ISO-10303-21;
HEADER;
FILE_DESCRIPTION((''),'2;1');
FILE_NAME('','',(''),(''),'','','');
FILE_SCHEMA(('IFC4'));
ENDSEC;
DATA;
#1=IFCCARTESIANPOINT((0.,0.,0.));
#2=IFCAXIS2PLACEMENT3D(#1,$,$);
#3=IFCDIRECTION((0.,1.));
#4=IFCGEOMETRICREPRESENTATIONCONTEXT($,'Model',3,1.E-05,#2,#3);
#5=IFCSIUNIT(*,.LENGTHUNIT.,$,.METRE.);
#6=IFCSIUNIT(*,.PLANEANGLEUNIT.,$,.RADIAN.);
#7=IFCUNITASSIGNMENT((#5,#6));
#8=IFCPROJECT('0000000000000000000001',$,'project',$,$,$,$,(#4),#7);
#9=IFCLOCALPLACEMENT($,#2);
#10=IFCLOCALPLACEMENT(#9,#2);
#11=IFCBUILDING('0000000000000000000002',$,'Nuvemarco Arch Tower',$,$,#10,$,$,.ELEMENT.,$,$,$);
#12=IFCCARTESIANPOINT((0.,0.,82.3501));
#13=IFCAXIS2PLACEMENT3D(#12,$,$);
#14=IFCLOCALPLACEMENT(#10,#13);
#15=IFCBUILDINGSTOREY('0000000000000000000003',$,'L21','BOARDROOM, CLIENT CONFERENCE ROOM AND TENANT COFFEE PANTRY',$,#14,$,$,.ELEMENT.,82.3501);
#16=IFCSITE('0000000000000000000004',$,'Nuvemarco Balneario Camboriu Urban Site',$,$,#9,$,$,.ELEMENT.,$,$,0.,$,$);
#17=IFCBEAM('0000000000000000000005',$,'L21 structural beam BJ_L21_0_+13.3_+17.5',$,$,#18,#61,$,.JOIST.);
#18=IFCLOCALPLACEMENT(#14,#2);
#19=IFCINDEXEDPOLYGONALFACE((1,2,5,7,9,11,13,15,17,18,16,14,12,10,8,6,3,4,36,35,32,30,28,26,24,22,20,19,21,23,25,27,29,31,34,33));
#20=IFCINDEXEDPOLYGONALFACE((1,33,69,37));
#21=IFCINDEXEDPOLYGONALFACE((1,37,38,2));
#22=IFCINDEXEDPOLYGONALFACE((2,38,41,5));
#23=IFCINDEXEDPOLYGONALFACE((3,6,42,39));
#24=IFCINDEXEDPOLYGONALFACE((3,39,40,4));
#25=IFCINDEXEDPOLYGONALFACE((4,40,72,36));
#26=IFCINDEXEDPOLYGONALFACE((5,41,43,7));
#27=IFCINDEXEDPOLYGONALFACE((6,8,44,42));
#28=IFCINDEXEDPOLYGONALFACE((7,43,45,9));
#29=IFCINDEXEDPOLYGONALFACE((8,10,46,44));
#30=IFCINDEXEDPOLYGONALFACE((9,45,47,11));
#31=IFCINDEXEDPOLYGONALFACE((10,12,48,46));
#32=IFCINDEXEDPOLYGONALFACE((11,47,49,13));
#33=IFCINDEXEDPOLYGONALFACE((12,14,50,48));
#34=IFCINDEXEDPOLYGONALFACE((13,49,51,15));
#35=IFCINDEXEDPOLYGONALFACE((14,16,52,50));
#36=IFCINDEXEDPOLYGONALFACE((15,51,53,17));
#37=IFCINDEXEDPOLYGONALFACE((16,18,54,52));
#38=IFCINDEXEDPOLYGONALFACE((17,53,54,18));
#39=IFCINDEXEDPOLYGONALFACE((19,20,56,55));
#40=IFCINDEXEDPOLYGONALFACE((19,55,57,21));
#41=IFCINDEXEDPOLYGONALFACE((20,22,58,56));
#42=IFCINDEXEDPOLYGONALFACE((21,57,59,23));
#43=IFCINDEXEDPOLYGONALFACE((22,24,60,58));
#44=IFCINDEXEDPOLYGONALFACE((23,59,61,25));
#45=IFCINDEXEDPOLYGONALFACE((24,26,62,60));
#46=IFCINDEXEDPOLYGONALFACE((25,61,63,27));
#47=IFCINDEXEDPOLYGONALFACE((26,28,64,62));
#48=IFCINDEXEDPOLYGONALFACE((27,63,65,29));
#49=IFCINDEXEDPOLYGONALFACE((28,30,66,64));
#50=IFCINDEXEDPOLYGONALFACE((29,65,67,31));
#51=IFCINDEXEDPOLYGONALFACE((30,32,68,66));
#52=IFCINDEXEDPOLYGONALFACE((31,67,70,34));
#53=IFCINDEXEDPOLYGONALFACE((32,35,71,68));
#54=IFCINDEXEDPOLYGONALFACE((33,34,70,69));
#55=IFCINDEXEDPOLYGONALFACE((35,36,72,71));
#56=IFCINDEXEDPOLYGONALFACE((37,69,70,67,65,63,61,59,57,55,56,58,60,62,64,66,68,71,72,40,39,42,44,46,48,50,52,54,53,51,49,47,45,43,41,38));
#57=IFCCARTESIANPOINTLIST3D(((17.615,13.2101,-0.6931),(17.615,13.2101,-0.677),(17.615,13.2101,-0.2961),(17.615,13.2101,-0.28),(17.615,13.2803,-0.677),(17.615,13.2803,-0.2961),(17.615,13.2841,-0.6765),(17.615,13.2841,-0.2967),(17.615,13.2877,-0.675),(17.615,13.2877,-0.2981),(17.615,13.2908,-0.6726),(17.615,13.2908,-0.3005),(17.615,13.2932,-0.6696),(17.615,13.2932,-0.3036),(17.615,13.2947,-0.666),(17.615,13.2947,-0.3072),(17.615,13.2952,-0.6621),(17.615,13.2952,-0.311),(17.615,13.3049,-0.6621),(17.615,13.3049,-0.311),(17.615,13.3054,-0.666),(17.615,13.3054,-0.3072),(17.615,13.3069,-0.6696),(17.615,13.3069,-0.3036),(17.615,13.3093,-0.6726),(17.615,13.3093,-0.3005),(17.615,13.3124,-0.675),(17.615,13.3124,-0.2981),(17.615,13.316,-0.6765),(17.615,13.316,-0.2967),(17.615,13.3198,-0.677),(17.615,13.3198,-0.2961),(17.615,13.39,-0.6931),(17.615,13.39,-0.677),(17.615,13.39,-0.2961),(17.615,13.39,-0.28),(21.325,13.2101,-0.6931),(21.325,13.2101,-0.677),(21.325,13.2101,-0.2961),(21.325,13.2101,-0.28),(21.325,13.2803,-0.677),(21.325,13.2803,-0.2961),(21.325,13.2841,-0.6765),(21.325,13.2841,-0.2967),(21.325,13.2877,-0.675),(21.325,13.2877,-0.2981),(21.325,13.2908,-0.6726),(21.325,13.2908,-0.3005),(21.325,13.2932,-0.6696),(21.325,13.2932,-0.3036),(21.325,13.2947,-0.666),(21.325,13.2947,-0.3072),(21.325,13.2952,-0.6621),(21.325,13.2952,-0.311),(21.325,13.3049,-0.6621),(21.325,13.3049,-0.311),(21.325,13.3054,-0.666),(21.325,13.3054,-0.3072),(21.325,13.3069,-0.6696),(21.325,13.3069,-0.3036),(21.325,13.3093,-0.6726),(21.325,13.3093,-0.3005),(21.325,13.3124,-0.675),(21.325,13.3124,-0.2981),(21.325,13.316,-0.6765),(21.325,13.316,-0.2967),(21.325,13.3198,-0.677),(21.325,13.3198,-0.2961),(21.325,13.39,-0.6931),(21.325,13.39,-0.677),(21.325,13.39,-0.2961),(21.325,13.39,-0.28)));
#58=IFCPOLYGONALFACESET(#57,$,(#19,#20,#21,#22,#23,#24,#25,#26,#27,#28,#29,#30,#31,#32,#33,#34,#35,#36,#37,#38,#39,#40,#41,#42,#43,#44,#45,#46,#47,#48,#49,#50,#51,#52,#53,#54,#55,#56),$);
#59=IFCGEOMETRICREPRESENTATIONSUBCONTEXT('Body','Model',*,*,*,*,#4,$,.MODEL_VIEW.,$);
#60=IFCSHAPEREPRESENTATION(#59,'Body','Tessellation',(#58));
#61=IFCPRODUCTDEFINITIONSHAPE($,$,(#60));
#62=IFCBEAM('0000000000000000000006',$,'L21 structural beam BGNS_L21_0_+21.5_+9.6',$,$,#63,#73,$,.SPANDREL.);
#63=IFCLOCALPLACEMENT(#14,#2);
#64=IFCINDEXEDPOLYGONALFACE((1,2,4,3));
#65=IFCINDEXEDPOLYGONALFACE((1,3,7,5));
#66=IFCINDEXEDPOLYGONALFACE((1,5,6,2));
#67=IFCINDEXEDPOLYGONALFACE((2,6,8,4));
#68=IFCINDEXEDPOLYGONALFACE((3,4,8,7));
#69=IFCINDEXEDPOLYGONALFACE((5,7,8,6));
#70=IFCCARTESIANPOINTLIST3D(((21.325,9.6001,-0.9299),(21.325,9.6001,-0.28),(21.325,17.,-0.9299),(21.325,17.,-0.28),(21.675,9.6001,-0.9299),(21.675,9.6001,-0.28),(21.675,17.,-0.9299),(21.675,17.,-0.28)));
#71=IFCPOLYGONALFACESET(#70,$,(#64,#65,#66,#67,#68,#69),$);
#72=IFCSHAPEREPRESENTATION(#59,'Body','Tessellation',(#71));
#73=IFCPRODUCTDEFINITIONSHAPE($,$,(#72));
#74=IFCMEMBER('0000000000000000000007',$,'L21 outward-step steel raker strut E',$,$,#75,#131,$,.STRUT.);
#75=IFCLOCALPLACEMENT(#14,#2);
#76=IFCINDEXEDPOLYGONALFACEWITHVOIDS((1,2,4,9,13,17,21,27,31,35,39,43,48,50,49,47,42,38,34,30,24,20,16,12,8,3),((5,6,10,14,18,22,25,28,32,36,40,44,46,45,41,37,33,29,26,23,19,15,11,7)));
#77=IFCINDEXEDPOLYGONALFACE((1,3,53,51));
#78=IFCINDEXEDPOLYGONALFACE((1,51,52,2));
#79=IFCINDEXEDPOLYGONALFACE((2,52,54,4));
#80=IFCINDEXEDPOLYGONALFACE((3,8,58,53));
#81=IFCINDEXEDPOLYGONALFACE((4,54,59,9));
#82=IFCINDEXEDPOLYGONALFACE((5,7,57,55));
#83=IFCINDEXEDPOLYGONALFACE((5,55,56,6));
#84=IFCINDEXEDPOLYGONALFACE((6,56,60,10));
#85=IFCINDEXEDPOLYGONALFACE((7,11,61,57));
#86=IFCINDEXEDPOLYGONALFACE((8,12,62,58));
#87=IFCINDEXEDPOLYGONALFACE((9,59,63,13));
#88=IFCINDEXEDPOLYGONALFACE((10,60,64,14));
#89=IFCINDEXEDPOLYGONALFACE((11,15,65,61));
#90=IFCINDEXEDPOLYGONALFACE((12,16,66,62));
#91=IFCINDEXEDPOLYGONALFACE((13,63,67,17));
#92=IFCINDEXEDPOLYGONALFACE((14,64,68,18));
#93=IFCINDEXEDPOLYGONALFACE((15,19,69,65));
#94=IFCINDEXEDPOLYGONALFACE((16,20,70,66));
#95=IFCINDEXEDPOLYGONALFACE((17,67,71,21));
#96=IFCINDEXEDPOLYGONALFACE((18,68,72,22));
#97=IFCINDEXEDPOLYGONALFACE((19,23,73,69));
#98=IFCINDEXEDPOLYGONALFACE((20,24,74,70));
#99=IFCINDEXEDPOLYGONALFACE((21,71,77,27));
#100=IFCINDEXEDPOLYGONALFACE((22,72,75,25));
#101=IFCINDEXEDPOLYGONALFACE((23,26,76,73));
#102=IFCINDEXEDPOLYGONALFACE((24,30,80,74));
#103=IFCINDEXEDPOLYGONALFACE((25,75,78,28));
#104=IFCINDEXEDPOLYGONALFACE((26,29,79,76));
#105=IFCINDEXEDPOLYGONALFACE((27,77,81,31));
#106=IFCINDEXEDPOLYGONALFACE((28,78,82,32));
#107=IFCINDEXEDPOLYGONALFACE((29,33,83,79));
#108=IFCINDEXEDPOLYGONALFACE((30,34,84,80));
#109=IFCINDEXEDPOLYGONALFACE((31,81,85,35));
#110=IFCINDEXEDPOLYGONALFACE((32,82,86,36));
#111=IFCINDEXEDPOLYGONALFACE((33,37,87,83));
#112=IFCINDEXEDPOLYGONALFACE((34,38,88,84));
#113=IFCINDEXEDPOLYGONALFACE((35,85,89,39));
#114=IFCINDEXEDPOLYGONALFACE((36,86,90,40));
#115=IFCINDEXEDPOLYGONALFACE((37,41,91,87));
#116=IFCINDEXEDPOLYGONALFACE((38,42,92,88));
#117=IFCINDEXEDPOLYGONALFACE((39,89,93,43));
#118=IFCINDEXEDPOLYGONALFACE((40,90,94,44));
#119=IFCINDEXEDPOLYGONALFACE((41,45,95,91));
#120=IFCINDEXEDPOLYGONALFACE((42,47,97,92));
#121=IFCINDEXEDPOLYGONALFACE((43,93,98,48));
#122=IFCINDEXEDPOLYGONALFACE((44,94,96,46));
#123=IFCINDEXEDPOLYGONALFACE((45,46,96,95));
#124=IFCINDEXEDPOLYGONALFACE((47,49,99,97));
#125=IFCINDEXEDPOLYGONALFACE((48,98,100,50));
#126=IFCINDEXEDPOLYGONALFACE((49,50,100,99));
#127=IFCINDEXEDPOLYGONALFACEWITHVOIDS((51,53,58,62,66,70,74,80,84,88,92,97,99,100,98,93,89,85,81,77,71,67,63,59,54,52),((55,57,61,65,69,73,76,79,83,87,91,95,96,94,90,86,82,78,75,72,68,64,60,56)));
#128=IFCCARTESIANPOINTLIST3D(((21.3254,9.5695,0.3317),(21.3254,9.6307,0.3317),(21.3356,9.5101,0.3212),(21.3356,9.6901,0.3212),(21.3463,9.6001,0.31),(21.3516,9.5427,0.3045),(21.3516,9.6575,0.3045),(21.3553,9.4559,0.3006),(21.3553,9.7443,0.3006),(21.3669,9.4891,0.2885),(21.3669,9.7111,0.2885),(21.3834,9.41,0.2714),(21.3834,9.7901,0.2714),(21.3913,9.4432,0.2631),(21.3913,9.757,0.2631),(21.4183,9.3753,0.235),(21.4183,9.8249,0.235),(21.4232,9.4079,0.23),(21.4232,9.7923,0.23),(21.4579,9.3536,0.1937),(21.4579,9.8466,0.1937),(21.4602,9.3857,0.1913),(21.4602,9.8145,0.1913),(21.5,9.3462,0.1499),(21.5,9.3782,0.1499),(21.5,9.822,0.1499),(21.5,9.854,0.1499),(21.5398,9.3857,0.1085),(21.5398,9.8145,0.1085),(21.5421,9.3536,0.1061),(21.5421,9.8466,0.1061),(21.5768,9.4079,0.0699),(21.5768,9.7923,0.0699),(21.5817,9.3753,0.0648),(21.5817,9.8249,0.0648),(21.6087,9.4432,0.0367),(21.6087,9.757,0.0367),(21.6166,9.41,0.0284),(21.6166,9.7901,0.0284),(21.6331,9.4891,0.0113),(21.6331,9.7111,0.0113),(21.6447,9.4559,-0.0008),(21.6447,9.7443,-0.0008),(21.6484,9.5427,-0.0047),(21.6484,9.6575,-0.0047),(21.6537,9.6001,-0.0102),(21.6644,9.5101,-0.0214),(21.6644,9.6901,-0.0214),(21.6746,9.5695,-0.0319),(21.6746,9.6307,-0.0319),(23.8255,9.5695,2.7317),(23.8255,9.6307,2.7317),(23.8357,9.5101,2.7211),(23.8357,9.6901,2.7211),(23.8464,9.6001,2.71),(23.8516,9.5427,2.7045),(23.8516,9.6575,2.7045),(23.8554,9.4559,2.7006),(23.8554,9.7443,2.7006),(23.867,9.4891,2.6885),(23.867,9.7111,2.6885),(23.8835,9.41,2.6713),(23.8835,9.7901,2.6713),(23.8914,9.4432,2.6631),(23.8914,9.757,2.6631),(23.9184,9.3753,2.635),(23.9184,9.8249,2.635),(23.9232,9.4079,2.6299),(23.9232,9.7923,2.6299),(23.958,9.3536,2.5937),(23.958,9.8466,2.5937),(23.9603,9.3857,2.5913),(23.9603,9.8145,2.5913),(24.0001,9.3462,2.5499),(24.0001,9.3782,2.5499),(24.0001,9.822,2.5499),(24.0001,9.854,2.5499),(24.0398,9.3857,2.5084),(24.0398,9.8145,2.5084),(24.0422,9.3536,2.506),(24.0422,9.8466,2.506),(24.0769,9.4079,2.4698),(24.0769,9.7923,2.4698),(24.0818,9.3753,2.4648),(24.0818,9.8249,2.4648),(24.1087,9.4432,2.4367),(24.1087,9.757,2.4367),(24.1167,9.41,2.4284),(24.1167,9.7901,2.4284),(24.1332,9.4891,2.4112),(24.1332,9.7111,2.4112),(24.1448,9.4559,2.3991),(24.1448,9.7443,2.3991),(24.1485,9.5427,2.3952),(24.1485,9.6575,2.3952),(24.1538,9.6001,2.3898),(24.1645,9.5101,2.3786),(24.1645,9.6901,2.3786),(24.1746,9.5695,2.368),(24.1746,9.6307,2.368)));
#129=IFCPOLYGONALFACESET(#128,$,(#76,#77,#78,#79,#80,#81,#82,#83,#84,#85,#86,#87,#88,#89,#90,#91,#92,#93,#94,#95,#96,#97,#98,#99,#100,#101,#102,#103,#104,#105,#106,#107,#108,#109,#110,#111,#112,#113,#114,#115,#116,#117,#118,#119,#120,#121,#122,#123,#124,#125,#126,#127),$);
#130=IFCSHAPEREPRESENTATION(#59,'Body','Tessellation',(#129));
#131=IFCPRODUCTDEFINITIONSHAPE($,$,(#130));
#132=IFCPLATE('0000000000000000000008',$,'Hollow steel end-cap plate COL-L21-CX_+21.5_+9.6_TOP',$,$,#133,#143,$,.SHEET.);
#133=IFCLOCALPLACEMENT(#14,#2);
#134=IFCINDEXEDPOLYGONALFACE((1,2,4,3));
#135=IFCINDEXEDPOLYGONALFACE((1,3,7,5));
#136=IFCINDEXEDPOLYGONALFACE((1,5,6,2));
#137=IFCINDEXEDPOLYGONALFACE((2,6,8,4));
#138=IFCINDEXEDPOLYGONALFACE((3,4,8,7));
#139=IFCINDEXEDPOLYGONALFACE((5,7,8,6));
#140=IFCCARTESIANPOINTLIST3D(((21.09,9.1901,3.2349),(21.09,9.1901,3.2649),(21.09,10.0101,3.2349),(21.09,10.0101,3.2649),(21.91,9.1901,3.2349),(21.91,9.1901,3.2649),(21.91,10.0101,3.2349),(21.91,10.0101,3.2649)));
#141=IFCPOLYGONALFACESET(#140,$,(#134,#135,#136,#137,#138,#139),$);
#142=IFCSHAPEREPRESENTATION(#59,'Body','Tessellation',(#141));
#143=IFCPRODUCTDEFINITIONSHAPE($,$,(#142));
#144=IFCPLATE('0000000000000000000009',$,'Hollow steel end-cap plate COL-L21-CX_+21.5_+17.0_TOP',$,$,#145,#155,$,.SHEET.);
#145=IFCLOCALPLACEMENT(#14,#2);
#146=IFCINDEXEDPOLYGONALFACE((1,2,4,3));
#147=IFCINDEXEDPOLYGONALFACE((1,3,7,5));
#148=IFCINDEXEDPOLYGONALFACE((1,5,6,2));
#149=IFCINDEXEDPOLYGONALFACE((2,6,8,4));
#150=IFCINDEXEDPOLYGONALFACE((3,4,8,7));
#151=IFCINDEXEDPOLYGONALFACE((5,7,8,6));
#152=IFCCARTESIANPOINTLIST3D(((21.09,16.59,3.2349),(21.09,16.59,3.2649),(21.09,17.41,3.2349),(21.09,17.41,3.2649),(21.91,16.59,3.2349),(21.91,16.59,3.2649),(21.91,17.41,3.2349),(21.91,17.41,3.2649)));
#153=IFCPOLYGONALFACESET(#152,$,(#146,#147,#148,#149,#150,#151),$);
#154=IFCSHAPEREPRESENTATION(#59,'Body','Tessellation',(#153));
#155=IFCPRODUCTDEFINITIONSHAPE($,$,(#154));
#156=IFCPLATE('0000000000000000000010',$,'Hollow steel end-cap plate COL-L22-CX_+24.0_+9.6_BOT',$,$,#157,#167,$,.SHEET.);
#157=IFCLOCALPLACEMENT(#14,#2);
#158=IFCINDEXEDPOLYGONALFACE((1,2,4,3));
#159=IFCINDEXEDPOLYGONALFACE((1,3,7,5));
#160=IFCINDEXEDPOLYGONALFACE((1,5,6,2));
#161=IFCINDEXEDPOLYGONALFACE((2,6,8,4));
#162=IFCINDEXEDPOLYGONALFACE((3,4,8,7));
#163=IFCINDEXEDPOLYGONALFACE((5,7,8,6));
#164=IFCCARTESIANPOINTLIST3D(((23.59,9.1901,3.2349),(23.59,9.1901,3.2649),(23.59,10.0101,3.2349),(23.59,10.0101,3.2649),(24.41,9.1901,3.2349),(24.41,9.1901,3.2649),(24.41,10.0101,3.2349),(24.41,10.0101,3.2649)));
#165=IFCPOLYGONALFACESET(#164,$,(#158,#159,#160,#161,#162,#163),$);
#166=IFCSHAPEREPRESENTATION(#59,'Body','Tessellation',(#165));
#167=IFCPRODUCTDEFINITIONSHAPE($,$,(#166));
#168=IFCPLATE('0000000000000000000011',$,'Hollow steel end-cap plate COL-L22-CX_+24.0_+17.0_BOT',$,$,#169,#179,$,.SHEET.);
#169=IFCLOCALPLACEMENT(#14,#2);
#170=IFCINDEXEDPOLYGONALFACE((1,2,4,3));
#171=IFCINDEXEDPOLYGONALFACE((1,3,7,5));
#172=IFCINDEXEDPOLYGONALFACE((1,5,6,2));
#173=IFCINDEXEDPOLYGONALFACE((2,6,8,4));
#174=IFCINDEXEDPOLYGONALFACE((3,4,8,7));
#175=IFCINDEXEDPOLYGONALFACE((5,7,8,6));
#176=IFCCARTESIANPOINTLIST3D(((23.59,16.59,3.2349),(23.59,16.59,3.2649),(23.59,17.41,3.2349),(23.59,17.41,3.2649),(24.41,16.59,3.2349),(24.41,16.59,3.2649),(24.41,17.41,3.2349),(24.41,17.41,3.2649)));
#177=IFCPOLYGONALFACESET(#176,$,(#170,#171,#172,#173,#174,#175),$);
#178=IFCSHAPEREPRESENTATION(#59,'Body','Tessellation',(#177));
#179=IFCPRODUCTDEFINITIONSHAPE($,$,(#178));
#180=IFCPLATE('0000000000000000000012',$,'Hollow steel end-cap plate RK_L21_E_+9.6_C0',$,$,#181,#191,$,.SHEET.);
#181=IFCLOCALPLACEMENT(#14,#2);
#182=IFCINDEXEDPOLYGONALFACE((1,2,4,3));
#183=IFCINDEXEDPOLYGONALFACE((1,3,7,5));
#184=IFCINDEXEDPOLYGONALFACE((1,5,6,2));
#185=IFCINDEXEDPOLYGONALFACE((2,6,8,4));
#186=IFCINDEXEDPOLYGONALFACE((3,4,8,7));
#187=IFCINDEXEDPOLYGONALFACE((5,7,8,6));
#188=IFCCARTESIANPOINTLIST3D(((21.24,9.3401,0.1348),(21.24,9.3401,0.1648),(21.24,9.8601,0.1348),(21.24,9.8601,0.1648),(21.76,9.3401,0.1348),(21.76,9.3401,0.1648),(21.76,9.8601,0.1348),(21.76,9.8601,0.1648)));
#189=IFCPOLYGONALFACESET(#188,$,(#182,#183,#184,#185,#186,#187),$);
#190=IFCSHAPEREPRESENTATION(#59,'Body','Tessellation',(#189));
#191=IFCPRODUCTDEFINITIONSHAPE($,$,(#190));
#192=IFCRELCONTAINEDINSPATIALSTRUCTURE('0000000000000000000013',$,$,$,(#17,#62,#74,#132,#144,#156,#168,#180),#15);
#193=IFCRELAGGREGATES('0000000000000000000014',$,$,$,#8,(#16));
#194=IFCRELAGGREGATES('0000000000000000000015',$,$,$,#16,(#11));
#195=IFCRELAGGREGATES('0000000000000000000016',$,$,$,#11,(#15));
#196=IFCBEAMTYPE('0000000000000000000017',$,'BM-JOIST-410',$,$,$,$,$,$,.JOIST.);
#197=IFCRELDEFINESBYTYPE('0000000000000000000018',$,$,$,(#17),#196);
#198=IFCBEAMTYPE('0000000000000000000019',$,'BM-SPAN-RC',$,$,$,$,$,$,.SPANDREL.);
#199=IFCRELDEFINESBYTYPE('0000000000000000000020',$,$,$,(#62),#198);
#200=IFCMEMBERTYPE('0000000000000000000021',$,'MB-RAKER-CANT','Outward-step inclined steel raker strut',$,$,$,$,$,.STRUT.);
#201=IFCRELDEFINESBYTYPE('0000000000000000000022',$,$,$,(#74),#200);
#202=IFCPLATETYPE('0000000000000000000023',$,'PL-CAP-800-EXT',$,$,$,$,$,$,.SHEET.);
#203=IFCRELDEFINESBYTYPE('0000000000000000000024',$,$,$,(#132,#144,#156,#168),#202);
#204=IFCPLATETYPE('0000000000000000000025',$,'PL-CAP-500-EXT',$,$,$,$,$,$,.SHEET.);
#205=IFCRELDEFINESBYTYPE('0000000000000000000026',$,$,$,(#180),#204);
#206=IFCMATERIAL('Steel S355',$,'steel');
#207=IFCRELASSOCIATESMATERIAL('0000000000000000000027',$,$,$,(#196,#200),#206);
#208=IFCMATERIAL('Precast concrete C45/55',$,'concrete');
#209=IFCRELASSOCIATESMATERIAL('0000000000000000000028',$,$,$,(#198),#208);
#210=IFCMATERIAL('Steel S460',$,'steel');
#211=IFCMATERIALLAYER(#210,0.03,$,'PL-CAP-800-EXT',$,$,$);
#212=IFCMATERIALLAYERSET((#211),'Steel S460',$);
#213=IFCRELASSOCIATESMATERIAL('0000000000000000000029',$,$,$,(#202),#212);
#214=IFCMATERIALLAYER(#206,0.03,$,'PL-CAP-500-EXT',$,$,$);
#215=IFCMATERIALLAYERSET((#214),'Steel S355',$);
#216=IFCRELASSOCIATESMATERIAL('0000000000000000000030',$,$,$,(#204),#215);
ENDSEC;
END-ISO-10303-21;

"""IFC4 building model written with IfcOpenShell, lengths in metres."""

from ifc_helpers import new_model, si_unit, direction, frame, origin, origin_2d, place, context, subcontext, project, spatial, rectangle, hollow_circle, i_section, extrude, source, transform, mapped, material, layer, layer_set, material_profile, profile_set, type_object, type_shapes, element, save


model = new_model("IFC4")

# Units and contexts
model_context = context("Model", 3, precision=1e-05, world=origin(), true_north=direction((0.0, 1.0)))
body_context = subcontext(model_context, "Body", "Model", "MODEL_VIEW")
ifc_project = project(units=[si_unit("LENGTHUNIT", "METRE"), si_unit("PLANEANGLEUNIT", "RADIAN")], contexts=[model_context])

# Site, building, storey
site_placement = place(None, origin())
site = spatial("IfcSite", under=ifc_project, at=site_placement, Name="Nuvemarco Balneario Camboriu Urban Site", CompositionType="ELEMENT", RefElevation=0.0)
building_placement = place(site_placement, origin())
building = spatial("IfcBuilding", under=site, at=building_placement, Name="Nuvemarco Arch Tower", CompositionType="ELEMENT")
storey_placement = place(building_placement, frame((0.0, 0.0, 82.3501)))
storey = spatial("IfcBuildingStorey", under=building, at=storey_placement, Name="L21", Description="BOARDROOM, CLIENT CONFERENCE ROOM AND TENANT COFFEE PANTRY", CompositionType="ELEMENT", Elevation=82.3501)

# Shared definitions
ifc_material_1 = material(Name="Steel S460", Category="steel")
ifc_material_2 = material(Name="Steel S355", Category="steel")

# Beams
ifc_material_profile_1 = material_profile(ifc_material_2, i_section(OverallWidth=0.1799, OverallDepth=0.4131, WebThickness=0.0098, FlangeThickness=0.0161, FilletRadius=0.0149, at=origin_2d()), Name="W410x75")
ifc_profile_set_1 = profile_set([ifc_material_profile_1], Name="Steel S355")
beam_type_1 = type_object("IfcBeamType", Name="BM-JOIST-410", PredefinedType="JOIST", material=ifc_profile_set_1)
beam_1_placement = place(storey_placement, frame((17.615, 13.3, -0.4866), z_axis=(1.0, 0.0, 0.0), x_axis=(0.0, 1.0, 0.0)))
element("IfcBeam", 1, at=beam_1_placement, inside=storey, type_object=beam_type_1, Name="L21 structural beam BJ_L21_0_+13.3_+17.5", PredefinedType="JOIST", context=body_context, shape_type="SweptSolid", body=[
    extrude(i_section(OverallWidth=0.1799, OverallDepth=0.4131, WebThickness=0.0098, FlangeThickness=0.0161, FilletRadius=0.0149, at=origin_2d()), origin(), (0.0, 0.0, 1.0), 3.71),
])
ifc_material_3 = material(Name="Precast concrete C45/55", Category="concrete")
ifc_material_profile_2 = material_profile(ifc_material_3, rectangle(XDim=0.3501, YDim=0.6499, at=origin_2d()), Name="PC-SP-350x650")
ifc_profile_set_2 = profile_set([ifc_material_profile_2], Name="Precast concrete C45/55")
beam_type_2 = type_object("IfcBeamType", Name="BM-SPAN-RC", PredefinedType="SPANDREL", material=ifc_profile_set_2)
beam_2_placement = place(storey_placement, frame((21.5, 9.6001, -0.605), z_axis=(0.0, 1.0, 0.0), x_axis=(-1.0, 0.0, 0.0)))
element("IfcBeam", 2, at=beam_2_placement, inside=storey, type_object=beam_type_2, Name="L21 structural beam BGNS_L21_0_+21.5_+9.6", PredefinedType="SPANDREL", context=body_context, shape_type="SweptSolid", body=[
    extrude(rectangle(XDim=0.3501, YDim=0.6499, at=origin_2d()), origin(), (0.0, 0.0, 1.0), 7.3999),
])

# Member
ifc_material_profile_3 = material_profile(ifc_material_2, hollow_circle(Radius=0.2539, WallThickness=0.032, at=origin_2d()), Name="CHS508x32")
ifc_profile_set_3 = profile_set([ifc_material_profile_3], Name="Steel S355")
member_type = type_object("IfcMemberType", Name="MB-RAKER-CANT", Description="Outward-step inclined steel raker strut", PredefinedType="STRUT", material=ifc_profile_set_3)
member_placement = place(storey_placement, frame((21.5, 9.6001, 0.1499), z_axis=(0.721401, 0.0, 0.692517), x_axis=(0.0, 1.0, 0.0)))
element("IfcMember", 3, at=member_placement, inside=storey, type_object=member_type, Name="L21 outward-step steel raker strut E", PredefinedType="STRUT", context=body_context, shape_type="SweptSolid", body=[
    extrude(hollow_circle(Radius=0.2539, WallThickness=0.032, at=origin_2d()), origin(), (0.0, 0.0, 1.0), 3.4656),
])

# Plates
ifc_layer_1 = layer(ifc_material_1, 0.03, Name="PL-CAP-800-EXT")
ifc_layer_set_1 = layer_set([ifc_layer_1], Name="Steel S460")
plate_type_1 = type_object("IfcPlateType", Name="PL-CAP-800-EXT", PredefinedType="SHEET", material=ifc_layer_set_1)
shared_shape_1 = source(origin(), body_context, "Body", "SweptSolid", [
    extrude(rectangle(XDim=0.8201, YDim=0.8201, at=origin_2d()), origin(), (0.0, 0.0, 1.0), 0.03),
])
type_shapes(plate_type_1, [shared_shape_1])
for number, where, z_axis, x_axis, name in (
    (4, (21.5, 9.6001, 3.2349), (0.0, 0.0, 1.0), (1.0, 0.0, 0.0), "Hollow steel end-cap plate COL-L21-CX_+21.5_+9.6_TOP"),
    (5, (21.5, 17.0, 3.2349), (0.0, 0.0, 1.0), (1.0, 0.0, 0.0), "Hollow steel end-cap plate COL-L21-CX_+21.5_+17.0_TOP"),
    (6, (24.0, 9.6001, 3.2349), (0.0, 0.0, 1.0), (1.0, 0.0, 0.0), "Hollow steel end-cap plate COL-L22-CX_+24.0_+9.6_BOT"),
    (7, (24.0, 17.0, 3.2349), (0.0, 0.0, 1.0), (1.0, 0.0, 0.0), "Hollow steel end-cap plate COL-L22-CX_+24.0_+17.0_BOT"),
):
    element("IfcPlate", number, at=place(storey_placement, frame(where, z_axis=z_axis, x_axis=x_axis)), inside=storey, type_object=plate_type_1, Name=name, PredefinedType="SHEET", context=body_context, shape_type="MappedRepresentation", body=[
        mapped(shared_shape_1, transform((0.0, 0.0, 0.0), scale=1.0)),
    ])
ifc_layer_2 = layer(ifc_material_2, 0.03, Name="PL-CAP-500-EXT")
ifc_layer_set_2 = layer_set([ifc_layer_2], Name="Steel S355")
plate_type_2 = type_object("IfcPlateType", Name="PL-CAP-500-EXT", PredefinedType="SHEET", material=ifc_layer_set_2)
shared_shape_2 = source(origin(), body_context, "Body", "SweptSolid", [
    extrude(rectangle(XDim=0.52, YDim=0.52, at=origin_2d()), origin(), (0.0, 0.0, 1.0), 0.03),
])
type_shapes(plate_type_2, [shared_shape_2])
for number, where, z_axis, x_axis, name in (
    (8, (21.5, 9.6001, 0.1348), (0.0, 0.0, 1.0), (1.0, 0.0, 0.0), "Hollow steel end-cap plate RK_L21_E_+9.6_C0"),
):
    element("IfcPlate", number, at=place(storey_placement, frame(where, z_axis=z_axis, x_axis=x_axis)), inside=storey, type_object=plate_type_2, Name=name, PredefinedType="SHEET", context=body_context, shape_type="MappedRepresentation", body=[
        mapped(shared_shape_2, transform((0.0, 0.0, 0.0), scale=1.0)),
    ])

save(model, "model.ifc")
